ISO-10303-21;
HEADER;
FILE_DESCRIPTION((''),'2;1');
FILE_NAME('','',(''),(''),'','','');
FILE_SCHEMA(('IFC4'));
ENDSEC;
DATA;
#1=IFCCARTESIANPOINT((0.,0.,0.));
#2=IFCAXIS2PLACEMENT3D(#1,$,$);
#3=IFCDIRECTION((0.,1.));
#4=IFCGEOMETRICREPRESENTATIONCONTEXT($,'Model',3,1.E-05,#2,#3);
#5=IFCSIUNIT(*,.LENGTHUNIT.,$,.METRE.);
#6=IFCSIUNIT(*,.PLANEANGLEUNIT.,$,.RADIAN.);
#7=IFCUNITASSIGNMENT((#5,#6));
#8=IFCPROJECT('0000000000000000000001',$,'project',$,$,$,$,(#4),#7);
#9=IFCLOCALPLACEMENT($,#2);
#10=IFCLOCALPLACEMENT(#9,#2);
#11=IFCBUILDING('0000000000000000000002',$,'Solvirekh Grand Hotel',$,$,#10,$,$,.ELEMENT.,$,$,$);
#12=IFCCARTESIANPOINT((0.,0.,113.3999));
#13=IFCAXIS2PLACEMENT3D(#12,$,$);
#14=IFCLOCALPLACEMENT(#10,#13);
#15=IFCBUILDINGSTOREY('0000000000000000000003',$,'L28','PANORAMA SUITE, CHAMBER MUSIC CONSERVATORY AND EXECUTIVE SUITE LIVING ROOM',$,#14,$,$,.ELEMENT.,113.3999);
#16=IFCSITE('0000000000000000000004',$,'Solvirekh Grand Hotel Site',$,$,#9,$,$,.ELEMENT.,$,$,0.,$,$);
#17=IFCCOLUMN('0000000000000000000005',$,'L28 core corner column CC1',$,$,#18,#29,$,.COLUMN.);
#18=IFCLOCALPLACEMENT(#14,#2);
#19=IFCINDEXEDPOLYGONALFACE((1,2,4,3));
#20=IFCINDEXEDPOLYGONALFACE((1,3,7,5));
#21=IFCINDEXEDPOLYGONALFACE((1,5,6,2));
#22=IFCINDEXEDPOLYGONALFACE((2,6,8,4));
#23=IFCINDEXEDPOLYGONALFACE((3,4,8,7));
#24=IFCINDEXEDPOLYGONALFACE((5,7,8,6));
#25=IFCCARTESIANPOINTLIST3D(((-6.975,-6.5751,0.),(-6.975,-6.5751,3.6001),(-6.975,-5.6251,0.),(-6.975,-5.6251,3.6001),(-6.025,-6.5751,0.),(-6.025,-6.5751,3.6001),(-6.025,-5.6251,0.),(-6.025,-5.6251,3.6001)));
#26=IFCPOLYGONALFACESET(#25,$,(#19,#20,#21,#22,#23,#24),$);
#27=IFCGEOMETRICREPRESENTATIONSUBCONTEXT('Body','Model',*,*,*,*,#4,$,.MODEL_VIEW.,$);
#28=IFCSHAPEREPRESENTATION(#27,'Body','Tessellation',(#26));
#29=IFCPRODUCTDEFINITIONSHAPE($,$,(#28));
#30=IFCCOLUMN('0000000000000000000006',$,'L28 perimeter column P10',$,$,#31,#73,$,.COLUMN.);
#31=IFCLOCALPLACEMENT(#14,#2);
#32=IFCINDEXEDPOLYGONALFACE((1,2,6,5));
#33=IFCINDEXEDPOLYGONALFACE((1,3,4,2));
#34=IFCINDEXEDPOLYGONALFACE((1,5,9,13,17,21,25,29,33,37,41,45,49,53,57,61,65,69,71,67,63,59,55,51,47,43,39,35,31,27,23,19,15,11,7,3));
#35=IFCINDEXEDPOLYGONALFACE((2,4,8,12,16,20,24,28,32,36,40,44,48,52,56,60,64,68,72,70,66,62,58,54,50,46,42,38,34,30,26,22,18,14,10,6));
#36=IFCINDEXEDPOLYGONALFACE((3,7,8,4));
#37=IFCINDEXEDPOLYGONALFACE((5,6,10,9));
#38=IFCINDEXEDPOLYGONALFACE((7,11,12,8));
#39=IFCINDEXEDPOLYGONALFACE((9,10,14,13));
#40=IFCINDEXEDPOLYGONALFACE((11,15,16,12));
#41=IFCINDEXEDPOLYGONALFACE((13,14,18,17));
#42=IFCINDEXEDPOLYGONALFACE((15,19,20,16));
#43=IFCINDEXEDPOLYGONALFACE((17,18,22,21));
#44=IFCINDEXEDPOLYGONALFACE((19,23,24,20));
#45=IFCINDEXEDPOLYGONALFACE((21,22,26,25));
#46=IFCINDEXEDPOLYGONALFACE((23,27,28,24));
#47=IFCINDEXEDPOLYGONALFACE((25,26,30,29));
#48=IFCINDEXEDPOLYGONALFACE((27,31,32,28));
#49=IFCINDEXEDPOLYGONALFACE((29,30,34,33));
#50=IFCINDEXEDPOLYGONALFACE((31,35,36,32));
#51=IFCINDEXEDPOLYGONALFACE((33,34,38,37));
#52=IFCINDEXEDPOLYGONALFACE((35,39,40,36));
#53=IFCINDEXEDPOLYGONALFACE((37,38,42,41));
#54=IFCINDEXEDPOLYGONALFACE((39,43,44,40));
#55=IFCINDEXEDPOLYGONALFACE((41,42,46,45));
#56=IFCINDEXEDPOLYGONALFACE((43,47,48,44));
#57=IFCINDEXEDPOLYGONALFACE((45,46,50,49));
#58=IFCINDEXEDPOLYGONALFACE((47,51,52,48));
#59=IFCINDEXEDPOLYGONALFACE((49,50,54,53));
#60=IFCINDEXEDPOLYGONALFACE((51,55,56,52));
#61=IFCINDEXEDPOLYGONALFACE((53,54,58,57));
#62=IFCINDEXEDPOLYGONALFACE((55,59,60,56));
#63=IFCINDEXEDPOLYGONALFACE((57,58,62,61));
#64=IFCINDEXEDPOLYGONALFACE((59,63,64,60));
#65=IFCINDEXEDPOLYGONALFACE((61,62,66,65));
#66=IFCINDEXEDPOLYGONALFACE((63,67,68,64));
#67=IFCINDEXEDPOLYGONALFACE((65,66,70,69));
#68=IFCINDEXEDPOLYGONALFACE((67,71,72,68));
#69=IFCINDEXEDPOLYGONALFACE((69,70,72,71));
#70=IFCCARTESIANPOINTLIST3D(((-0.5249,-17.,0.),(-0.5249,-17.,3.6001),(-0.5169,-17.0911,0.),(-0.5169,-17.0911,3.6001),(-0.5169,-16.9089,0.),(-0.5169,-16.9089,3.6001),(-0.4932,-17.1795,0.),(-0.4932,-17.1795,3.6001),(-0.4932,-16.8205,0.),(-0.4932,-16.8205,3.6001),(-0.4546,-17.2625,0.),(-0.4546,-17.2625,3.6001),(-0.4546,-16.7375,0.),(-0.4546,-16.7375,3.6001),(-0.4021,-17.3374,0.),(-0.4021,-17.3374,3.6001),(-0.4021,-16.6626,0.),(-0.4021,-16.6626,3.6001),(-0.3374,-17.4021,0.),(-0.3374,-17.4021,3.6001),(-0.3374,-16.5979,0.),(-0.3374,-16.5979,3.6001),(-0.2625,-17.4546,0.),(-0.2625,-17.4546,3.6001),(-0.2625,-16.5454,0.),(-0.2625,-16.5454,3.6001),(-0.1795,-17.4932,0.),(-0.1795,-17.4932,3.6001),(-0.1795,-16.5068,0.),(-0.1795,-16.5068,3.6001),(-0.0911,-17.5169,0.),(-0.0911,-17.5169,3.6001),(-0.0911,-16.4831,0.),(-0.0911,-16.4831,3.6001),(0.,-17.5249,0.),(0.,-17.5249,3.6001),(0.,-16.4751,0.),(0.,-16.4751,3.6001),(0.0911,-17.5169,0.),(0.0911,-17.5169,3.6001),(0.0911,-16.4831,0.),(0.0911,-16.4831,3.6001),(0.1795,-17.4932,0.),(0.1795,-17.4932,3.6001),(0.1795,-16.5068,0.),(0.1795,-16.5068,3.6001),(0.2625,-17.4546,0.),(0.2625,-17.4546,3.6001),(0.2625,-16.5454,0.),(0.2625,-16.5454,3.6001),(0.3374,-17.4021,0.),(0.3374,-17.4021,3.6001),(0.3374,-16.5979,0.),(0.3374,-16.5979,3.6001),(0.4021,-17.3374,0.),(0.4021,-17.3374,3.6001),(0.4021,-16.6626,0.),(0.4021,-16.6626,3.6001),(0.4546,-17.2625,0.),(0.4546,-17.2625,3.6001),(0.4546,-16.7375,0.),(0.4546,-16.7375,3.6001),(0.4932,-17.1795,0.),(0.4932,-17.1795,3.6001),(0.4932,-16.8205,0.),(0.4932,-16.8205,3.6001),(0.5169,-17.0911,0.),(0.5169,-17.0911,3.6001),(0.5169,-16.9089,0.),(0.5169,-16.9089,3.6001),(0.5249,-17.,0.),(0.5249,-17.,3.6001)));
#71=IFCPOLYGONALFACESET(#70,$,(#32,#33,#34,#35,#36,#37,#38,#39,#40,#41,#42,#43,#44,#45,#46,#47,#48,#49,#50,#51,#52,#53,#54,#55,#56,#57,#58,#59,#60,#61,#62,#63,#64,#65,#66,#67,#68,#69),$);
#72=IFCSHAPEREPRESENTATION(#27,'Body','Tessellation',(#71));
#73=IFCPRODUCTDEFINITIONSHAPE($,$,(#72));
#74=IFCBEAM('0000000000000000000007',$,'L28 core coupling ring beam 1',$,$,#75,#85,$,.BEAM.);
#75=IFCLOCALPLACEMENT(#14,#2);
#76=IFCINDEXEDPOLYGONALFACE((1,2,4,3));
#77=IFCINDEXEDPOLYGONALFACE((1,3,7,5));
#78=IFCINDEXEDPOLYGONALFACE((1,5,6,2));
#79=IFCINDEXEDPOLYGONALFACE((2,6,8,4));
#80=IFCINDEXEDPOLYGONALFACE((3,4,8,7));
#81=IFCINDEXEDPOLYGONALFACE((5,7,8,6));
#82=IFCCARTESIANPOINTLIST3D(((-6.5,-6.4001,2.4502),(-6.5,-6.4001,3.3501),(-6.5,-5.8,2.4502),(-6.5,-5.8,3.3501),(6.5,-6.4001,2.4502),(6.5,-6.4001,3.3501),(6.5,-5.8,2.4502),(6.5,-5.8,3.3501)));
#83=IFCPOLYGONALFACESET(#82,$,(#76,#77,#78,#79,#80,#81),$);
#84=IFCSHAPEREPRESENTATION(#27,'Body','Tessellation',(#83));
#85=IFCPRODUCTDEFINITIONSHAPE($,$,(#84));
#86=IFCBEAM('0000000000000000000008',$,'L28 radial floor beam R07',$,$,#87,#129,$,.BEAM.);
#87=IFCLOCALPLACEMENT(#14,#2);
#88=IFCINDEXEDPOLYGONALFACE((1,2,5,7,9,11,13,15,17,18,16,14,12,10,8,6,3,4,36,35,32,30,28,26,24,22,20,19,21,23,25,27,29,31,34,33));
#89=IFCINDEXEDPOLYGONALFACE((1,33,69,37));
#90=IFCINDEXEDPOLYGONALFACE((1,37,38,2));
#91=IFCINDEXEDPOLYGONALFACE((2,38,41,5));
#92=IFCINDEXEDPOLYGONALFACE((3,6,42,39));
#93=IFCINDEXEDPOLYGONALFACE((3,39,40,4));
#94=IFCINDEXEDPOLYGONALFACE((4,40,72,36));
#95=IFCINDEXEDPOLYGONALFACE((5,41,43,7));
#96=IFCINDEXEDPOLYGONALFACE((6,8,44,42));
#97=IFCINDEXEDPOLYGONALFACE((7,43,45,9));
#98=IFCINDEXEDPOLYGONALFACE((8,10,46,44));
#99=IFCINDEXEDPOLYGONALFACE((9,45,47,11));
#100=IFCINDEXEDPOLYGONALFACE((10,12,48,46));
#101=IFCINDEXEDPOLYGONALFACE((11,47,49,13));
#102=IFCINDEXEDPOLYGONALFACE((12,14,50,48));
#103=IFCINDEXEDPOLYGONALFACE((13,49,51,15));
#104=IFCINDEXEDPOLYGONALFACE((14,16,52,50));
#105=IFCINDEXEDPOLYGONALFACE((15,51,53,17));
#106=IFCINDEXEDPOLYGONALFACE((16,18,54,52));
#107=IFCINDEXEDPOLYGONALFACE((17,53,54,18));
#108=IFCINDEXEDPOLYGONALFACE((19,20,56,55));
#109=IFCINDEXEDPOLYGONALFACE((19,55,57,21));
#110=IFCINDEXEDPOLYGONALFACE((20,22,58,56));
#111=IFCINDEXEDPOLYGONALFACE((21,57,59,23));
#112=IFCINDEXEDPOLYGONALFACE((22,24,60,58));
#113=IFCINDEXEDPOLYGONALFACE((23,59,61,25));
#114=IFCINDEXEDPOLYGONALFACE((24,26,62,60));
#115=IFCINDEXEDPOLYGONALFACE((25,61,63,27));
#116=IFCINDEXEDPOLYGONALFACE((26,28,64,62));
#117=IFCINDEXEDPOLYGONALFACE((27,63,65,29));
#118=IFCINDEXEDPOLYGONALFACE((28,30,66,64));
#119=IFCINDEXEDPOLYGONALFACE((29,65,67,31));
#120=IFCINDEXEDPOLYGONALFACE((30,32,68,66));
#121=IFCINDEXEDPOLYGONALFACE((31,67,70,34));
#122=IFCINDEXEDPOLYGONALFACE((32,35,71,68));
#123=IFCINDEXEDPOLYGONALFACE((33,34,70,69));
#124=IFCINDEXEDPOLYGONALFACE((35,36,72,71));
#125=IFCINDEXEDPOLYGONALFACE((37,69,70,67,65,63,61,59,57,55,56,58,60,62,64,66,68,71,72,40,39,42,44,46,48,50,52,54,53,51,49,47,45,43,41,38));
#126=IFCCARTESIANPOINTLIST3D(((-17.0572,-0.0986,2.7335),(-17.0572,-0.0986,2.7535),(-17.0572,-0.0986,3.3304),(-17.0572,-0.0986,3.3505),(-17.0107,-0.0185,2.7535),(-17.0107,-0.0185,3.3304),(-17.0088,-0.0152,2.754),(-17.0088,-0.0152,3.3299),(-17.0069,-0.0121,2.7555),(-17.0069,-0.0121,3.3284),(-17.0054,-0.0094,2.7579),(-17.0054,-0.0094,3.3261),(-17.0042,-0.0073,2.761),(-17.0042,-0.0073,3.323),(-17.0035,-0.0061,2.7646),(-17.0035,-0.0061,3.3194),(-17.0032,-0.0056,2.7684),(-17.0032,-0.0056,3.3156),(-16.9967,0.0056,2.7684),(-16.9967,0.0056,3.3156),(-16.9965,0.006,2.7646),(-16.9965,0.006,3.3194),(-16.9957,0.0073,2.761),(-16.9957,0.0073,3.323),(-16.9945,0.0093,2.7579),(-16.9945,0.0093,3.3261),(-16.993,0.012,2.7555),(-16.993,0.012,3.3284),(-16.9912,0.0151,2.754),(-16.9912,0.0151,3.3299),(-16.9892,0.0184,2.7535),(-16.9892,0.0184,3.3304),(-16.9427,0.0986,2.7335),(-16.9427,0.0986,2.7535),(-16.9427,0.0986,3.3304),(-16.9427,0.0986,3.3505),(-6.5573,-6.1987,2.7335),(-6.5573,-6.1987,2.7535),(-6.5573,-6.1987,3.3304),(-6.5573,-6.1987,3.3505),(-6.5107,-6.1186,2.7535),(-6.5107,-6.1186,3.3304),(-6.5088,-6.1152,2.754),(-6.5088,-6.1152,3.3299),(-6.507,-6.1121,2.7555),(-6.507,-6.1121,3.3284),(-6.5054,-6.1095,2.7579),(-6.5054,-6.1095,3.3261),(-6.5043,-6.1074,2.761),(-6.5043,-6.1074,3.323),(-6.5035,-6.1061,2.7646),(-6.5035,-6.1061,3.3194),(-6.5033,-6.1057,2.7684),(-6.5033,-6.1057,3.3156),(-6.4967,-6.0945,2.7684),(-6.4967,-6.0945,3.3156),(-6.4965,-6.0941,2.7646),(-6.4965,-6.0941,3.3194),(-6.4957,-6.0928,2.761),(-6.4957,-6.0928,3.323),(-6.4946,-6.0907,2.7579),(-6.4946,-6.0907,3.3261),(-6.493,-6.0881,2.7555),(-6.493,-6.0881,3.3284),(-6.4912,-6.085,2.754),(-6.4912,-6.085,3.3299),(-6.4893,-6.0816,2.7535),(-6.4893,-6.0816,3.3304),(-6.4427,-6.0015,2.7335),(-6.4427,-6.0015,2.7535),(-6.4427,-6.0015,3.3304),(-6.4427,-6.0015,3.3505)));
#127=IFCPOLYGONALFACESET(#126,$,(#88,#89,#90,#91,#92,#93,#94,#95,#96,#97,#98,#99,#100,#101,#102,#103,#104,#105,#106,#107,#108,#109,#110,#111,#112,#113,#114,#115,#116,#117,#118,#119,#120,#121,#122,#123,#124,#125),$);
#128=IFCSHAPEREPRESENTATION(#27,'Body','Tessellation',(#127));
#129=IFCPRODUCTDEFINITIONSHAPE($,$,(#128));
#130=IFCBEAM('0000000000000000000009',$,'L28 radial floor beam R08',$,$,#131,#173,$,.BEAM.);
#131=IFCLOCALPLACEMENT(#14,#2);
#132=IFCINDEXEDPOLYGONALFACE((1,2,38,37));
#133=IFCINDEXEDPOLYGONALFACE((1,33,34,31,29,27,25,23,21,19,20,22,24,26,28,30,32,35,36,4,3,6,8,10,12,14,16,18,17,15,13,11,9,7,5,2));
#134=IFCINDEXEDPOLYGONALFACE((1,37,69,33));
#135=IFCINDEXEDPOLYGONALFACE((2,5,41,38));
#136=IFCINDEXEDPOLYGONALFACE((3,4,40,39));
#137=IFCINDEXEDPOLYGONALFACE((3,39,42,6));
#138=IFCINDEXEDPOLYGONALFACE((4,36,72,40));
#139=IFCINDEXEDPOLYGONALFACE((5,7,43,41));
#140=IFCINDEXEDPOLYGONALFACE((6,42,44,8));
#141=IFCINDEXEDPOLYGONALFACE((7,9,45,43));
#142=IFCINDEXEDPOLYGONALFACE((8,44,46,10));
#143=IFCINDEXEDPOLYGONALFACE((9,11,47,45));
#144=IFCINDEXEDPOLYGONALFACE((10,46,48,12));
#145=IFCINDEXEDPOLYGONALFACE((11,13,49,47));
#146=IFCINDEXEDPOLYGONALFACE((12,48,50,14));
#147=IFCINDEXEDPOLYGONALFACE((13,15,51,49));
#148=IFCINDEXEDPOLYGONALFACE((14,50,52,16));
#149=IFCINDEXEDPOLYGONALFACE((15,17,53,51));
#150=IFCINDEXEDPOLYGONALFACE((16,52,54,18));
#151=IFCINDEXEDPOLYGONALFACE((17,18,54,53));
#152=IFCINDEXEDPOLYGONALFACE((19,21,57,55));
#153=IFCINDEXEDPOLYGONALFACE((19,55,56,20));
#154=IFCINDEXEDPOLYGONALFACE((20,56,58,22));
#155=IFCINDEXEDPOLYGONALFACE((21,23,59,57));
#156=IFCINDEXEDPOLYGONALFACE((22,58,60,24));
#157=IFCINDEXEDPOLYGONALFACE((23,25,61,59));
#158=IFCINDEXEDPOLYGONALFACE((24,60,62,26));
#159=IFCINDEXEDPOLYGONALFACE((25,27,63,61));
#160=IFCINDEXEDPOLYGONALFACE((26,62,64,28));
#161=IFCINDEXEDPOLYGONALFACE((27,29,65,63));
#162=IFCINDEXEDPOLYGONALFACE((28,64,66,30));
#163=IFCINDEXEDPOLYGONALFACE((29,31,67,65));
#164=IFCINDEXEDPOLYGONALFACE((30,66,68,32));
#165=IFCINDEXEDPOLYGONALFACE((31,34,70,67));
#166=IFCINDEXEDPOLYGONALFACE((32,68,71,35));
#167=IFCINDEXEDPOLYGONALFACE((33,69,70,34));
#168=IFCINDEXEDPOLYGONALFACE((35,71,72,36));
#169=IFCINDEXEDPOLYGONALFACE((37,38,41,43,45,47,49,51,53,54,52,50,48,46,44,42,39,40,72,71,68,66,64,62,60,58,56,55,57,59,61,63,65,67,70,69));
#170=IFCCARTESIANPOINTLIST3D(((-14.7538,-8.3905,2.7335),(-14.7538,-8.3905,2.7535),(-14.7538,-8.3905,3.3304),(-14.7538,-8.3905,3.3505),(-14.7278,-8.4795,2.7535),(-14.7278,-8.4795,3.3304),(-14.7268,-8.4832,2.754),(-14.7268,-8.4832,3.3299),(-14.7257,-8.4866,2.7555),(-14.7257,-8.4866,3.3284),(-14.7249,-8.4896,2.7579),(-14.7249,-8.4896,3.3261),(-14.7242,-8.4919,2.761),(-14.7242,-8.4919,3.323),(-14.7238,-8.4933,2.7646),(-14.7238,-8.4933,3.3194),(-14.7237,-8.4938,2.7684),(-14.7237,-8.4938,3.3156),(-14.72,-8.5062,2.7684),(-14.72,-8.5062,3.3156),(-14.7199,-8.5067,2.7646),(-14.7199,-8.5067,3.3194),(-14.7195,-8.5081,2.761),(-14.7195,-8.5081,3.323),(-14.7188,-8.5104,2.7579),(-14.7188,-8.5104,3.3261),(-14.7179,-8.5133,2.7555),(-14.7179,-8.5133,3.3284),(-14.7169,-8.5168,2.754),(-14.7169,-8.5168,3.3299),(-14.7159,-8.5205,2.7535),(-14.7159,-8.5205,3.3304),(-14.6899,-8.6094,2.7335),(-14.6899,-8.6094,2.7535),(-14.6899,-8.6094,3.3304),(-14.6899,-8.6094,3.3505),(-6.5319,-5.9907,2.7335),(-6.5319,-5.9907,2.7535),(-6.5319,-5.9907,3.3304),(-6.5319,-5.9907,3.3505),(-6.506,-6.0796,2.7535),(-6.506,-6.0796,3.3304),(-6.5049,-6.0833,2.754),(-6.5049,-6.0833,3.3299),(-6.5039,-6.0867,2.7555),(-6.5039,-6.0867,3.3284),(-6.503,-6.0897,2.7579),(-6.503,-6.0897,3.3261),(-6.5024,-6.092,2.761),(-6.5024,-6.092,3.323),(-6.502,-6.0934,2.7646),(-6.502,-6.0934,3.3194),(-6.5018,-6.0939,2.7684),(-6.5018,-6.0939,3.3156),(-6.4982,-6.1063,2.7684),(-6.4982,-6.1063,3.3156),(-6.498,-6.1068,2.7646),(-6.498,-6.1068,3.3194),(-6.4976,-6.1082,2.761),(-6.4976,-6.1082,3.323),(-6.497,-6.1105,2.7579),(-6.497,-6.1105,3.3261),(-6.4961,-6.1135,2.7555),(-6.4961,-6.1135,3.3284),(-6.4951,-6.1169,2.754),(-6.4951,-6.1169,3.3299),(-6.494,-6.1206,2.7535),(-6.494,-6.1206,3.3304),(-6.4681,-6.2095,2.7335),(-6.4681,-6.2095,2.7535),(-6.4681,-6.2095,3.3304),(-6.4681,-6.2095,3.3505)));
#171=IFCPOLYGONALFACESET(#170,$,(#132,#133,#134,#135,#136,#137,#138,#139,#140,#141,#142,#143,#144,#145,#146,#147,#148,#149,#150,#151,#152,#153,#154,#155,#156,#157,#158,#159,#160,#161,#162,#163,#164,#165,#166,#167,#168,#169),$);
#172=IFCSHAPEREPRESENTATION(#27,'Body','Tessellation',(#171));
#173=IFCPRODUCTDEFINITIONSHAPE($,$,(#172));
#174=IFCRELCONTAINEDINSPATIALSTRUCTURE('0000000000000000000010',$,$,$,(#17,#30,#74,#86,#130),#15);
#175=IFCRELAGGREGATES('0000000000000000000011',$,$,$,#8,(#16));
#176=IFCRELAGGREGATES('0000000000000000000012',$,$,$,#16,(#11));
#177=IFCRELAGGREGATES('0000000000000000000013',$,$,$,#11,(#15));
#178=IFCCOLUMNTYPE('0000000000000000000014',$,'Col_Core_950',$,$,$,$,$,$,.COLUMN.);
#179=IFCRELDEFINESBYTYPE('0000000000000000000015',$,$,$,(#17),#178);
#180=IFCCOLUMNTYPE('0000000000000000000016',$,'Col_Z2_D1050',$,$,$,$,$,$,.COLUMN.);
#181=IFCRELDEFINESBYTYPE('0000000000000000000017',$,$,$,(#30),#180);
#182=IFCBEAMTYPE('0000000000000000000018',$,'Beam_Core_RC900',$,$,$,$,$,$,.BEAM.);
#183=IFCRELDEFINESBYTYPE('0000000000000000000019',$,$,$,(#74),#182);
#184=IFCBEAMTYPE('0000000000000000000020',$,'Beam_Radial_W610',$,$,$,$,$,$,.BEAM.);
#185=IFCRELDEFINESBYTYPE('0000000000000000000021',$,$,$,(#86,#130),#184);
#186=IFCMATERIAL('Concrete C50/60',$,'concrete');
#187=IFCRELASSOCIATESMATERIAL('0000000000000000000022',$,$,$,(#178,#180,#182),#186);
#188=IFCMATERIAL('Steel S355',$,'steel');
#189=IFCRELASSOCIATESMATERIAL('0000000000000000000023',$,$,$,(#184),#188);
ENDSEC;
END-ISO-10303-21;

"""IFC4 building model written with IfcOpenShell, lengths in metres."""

from ifc_helpers import new_model, si_unit, direction, frame, origin, origin_2d, place, context, subcontext, project, spatial, rectangle, circle, i_section, extrude, material, material_profile, profile_set, type_object, element, save


model = new_model("IFC4")

# Units and contexts
model_context = context("Model", 3, precision=1e-05, world=origin(), true_north=direction((0.0, 1.0)))
body_context = subcontext(model_context, "Body", "Model", "MODEL_VIEW")
ifc_project = project(units=[si_unit("LENGTHUNIT", "METRE"), si_unit("PLANEANGLEUNIT", "RADIAN")], contexts=[model_context])

# Site, building, storey
site_placement = place(None, origin())
site = spatial("IfcSite", under=ifc_project, at=site_placement, Name="Solvirekh Grand Hotel Site", CompositionType="ELEMENT", RefElevation=0.0)
building_placement = place(site_placement, origin())
building = spatial("IfcBuilding", under=site, at=building_placement, Name="Solvirekh Grand Hotel", CompositionType="ELEMENT")
storey_placement = place(building_placement, frame((0.0, 0.0, 113.3999)))
storey = spatial("IfcBuildingStorey", under=building, at=storey_placement, Name="L28", Description="PANORAMA SUITE, CHAMBER MUSIC CONSERVATORY AND EXECUTIVE SUITE LIVING ROOM", CompositionType="ELEMENT", Elevation=113.3999)

# Columns
ifc_material_1 = material(Name="Concrete C50/60", Category="concrete")
ifc_material_profile_1 = material_profile(ifc_material_1, rectangle(XDim=0.95, YDim=0.95, at=origin_2d()), Name="RC 950X950")
ifc_profile_set_1 = profile_set([ifc_material_profile_1], Name="Concrete C50/60")
column_type_1 = type_object("IfcColumnType", Name="Col_Core_950", PredefinedType="COLUMN", material=ifc_profile_set_1)
column_1_placement = place(storey_placement, frame((-6.5, -6.1001, 0.0), z_axis=(0.0, 0.0, 1.0), x_axis=(1.0, 0.0, 0.0)))
element("IfcColumn", 1, at=column_1_placement, inside=storey, type_object=column_type_1, Name="L28 core corner column CC1", PredefinedType="COLUMN", context=body_context, shape_type="SweptSolid", body=[
    extrude(rectangle(XDim=0.95, YDim=0.95, at=origin_2d()), origin(), (0.0, 0.0, 1.0), 3.6001),
])
ifc_material_profile_2 = material_profile(ifc_material_1, circle(Radius=0.5249, at=origin_2d()), Name="RC CIRC D1050")
ifc_profile_set_2 = profile_set([ifc_material_profile_2], Name="Concrete C50/60")
column_type_2 = type_object("IfcColumnType", Name="Col_Z2_D1050", PredefinedType="COLUMN", material=ifc_profile_set_2)
column_2_placement = place(storey_placement, frame((0.0, -17.0, 0.0), z_axis=(0.0, 0.0, 1.0), x_axis=(1.0, 0.0, 0.0)))
element("IfcColumn", 2, at=column_2_placement, inside=storey, type_object=column_type_2, Name="L28 perimeter column P10", PredefinedType="COLUMN", context=body_context, shape_type="SweptSolid", body=[
    extrude(circle(Radius=0.5249, at=origin_2d()), origin(), (0.0, 0.0, 1.0), 3.6001),
])

# Beams
ifc_material_profile_3 = material_profile(ifc_material_1, rectangle(XDim=0.6001, YDim=0.8999, at=origin_2d()), Name="RC BEAM 600X900")
ifc_profile_set_3 = profile_set([ifc_material_profile_3], Name="Concrete C50/60")
beam_type_1 = type_object("IfcBeamType", Name="Beam_Core_RC900", PredefinedType="BEAM", material=ifc_profile_set_3)
beam_1_placement = place(storey_placement, frame((-6.5, -6.1001, 2.9001), z_axis=(1.0, 0.0, 0.0), x_axis=(0.0, 1.0, 0.0)))
element("IfcBeam", 3, at=beam_1_placement, inside=storey, type_object=beam_type_1, Name="L28 core coupling ring beam 1", PredefinedType="BEAM", context=body_context, shape_type="SweptSolid", body=[
    extrude(rectangle(XDim=0.6001, YDim=0.8999, at=origin_2d()), origin(), (0.0, 0.0, 1.0), 13.0),
])
ifc_material_2 = material(Name="Steel S355", Category="steel")
ifc_material_profile_4 = material_profile(ifc_material_2, i_section(OverallWidth=0.228, OverallDepth=0.6169, WebThickness=0.0129, FlangeThickness=0.02, FilletRadius=0.0149, at=origin_2d()), Name="W610X140")
ifc_profile_set_4 = profile_set([ifc_material_profile_4], Name="Steel S355")
beam_type_2 = type_object("IfcBeamType", Name="Beam_Radial_W610", PredefinedType="BEAM", material=ifc_profile_set_4)
beam_2_placement = place(storey_placement, frame((-6.5, -6.1001, 3.042), z_axis=(-0.86467, 0.50234, 0.0), x_axis=(-0.50234, -0.86467, 0.0)))
element("IfcBeam", 4, at=beam_2_placement, inside=storey, type_object=beam_type_2, Name="L28 radial floor beam R07", PredefinedType="BEAM", context=body_context, shape_type="SweptSolid", body=[
    extrude(i_section(OverallWidth=0.228, OverallDepth=0.6169, WebThickness=0.0129, FlangeThickness=0.02, FilletRadius=0.0149, at=origin_2d()), origin(), (0.0, 0.0, 1.0), 12.1433),
])
beam_3_placement = place(storey_placement, frame((-6.5, -6.1001, 3.042), z_axis=(-0.959942, -0.280198, 0.0), x_axis=(0.280198, -0.959942, 0.0)))
element("IfcBeam", 5, at=beam_3_placement, inside=storey, type_object=beam_type_2, Name="L28 radial floor beam R08", PredefinedType="BEAM", context=body_context, shape_type="SweptSolid", body=[
    extrude(i_section(OverallWidth=0.228, OverallDepth=0.6169, WebThickness=0.0129, FlangeThickness=0.02, FilletRadius=0.0149, at=origin_2d()), origin(), (0.0, 0.0, 1.0), 8.5649),
])

save(model, "model.ifc")
